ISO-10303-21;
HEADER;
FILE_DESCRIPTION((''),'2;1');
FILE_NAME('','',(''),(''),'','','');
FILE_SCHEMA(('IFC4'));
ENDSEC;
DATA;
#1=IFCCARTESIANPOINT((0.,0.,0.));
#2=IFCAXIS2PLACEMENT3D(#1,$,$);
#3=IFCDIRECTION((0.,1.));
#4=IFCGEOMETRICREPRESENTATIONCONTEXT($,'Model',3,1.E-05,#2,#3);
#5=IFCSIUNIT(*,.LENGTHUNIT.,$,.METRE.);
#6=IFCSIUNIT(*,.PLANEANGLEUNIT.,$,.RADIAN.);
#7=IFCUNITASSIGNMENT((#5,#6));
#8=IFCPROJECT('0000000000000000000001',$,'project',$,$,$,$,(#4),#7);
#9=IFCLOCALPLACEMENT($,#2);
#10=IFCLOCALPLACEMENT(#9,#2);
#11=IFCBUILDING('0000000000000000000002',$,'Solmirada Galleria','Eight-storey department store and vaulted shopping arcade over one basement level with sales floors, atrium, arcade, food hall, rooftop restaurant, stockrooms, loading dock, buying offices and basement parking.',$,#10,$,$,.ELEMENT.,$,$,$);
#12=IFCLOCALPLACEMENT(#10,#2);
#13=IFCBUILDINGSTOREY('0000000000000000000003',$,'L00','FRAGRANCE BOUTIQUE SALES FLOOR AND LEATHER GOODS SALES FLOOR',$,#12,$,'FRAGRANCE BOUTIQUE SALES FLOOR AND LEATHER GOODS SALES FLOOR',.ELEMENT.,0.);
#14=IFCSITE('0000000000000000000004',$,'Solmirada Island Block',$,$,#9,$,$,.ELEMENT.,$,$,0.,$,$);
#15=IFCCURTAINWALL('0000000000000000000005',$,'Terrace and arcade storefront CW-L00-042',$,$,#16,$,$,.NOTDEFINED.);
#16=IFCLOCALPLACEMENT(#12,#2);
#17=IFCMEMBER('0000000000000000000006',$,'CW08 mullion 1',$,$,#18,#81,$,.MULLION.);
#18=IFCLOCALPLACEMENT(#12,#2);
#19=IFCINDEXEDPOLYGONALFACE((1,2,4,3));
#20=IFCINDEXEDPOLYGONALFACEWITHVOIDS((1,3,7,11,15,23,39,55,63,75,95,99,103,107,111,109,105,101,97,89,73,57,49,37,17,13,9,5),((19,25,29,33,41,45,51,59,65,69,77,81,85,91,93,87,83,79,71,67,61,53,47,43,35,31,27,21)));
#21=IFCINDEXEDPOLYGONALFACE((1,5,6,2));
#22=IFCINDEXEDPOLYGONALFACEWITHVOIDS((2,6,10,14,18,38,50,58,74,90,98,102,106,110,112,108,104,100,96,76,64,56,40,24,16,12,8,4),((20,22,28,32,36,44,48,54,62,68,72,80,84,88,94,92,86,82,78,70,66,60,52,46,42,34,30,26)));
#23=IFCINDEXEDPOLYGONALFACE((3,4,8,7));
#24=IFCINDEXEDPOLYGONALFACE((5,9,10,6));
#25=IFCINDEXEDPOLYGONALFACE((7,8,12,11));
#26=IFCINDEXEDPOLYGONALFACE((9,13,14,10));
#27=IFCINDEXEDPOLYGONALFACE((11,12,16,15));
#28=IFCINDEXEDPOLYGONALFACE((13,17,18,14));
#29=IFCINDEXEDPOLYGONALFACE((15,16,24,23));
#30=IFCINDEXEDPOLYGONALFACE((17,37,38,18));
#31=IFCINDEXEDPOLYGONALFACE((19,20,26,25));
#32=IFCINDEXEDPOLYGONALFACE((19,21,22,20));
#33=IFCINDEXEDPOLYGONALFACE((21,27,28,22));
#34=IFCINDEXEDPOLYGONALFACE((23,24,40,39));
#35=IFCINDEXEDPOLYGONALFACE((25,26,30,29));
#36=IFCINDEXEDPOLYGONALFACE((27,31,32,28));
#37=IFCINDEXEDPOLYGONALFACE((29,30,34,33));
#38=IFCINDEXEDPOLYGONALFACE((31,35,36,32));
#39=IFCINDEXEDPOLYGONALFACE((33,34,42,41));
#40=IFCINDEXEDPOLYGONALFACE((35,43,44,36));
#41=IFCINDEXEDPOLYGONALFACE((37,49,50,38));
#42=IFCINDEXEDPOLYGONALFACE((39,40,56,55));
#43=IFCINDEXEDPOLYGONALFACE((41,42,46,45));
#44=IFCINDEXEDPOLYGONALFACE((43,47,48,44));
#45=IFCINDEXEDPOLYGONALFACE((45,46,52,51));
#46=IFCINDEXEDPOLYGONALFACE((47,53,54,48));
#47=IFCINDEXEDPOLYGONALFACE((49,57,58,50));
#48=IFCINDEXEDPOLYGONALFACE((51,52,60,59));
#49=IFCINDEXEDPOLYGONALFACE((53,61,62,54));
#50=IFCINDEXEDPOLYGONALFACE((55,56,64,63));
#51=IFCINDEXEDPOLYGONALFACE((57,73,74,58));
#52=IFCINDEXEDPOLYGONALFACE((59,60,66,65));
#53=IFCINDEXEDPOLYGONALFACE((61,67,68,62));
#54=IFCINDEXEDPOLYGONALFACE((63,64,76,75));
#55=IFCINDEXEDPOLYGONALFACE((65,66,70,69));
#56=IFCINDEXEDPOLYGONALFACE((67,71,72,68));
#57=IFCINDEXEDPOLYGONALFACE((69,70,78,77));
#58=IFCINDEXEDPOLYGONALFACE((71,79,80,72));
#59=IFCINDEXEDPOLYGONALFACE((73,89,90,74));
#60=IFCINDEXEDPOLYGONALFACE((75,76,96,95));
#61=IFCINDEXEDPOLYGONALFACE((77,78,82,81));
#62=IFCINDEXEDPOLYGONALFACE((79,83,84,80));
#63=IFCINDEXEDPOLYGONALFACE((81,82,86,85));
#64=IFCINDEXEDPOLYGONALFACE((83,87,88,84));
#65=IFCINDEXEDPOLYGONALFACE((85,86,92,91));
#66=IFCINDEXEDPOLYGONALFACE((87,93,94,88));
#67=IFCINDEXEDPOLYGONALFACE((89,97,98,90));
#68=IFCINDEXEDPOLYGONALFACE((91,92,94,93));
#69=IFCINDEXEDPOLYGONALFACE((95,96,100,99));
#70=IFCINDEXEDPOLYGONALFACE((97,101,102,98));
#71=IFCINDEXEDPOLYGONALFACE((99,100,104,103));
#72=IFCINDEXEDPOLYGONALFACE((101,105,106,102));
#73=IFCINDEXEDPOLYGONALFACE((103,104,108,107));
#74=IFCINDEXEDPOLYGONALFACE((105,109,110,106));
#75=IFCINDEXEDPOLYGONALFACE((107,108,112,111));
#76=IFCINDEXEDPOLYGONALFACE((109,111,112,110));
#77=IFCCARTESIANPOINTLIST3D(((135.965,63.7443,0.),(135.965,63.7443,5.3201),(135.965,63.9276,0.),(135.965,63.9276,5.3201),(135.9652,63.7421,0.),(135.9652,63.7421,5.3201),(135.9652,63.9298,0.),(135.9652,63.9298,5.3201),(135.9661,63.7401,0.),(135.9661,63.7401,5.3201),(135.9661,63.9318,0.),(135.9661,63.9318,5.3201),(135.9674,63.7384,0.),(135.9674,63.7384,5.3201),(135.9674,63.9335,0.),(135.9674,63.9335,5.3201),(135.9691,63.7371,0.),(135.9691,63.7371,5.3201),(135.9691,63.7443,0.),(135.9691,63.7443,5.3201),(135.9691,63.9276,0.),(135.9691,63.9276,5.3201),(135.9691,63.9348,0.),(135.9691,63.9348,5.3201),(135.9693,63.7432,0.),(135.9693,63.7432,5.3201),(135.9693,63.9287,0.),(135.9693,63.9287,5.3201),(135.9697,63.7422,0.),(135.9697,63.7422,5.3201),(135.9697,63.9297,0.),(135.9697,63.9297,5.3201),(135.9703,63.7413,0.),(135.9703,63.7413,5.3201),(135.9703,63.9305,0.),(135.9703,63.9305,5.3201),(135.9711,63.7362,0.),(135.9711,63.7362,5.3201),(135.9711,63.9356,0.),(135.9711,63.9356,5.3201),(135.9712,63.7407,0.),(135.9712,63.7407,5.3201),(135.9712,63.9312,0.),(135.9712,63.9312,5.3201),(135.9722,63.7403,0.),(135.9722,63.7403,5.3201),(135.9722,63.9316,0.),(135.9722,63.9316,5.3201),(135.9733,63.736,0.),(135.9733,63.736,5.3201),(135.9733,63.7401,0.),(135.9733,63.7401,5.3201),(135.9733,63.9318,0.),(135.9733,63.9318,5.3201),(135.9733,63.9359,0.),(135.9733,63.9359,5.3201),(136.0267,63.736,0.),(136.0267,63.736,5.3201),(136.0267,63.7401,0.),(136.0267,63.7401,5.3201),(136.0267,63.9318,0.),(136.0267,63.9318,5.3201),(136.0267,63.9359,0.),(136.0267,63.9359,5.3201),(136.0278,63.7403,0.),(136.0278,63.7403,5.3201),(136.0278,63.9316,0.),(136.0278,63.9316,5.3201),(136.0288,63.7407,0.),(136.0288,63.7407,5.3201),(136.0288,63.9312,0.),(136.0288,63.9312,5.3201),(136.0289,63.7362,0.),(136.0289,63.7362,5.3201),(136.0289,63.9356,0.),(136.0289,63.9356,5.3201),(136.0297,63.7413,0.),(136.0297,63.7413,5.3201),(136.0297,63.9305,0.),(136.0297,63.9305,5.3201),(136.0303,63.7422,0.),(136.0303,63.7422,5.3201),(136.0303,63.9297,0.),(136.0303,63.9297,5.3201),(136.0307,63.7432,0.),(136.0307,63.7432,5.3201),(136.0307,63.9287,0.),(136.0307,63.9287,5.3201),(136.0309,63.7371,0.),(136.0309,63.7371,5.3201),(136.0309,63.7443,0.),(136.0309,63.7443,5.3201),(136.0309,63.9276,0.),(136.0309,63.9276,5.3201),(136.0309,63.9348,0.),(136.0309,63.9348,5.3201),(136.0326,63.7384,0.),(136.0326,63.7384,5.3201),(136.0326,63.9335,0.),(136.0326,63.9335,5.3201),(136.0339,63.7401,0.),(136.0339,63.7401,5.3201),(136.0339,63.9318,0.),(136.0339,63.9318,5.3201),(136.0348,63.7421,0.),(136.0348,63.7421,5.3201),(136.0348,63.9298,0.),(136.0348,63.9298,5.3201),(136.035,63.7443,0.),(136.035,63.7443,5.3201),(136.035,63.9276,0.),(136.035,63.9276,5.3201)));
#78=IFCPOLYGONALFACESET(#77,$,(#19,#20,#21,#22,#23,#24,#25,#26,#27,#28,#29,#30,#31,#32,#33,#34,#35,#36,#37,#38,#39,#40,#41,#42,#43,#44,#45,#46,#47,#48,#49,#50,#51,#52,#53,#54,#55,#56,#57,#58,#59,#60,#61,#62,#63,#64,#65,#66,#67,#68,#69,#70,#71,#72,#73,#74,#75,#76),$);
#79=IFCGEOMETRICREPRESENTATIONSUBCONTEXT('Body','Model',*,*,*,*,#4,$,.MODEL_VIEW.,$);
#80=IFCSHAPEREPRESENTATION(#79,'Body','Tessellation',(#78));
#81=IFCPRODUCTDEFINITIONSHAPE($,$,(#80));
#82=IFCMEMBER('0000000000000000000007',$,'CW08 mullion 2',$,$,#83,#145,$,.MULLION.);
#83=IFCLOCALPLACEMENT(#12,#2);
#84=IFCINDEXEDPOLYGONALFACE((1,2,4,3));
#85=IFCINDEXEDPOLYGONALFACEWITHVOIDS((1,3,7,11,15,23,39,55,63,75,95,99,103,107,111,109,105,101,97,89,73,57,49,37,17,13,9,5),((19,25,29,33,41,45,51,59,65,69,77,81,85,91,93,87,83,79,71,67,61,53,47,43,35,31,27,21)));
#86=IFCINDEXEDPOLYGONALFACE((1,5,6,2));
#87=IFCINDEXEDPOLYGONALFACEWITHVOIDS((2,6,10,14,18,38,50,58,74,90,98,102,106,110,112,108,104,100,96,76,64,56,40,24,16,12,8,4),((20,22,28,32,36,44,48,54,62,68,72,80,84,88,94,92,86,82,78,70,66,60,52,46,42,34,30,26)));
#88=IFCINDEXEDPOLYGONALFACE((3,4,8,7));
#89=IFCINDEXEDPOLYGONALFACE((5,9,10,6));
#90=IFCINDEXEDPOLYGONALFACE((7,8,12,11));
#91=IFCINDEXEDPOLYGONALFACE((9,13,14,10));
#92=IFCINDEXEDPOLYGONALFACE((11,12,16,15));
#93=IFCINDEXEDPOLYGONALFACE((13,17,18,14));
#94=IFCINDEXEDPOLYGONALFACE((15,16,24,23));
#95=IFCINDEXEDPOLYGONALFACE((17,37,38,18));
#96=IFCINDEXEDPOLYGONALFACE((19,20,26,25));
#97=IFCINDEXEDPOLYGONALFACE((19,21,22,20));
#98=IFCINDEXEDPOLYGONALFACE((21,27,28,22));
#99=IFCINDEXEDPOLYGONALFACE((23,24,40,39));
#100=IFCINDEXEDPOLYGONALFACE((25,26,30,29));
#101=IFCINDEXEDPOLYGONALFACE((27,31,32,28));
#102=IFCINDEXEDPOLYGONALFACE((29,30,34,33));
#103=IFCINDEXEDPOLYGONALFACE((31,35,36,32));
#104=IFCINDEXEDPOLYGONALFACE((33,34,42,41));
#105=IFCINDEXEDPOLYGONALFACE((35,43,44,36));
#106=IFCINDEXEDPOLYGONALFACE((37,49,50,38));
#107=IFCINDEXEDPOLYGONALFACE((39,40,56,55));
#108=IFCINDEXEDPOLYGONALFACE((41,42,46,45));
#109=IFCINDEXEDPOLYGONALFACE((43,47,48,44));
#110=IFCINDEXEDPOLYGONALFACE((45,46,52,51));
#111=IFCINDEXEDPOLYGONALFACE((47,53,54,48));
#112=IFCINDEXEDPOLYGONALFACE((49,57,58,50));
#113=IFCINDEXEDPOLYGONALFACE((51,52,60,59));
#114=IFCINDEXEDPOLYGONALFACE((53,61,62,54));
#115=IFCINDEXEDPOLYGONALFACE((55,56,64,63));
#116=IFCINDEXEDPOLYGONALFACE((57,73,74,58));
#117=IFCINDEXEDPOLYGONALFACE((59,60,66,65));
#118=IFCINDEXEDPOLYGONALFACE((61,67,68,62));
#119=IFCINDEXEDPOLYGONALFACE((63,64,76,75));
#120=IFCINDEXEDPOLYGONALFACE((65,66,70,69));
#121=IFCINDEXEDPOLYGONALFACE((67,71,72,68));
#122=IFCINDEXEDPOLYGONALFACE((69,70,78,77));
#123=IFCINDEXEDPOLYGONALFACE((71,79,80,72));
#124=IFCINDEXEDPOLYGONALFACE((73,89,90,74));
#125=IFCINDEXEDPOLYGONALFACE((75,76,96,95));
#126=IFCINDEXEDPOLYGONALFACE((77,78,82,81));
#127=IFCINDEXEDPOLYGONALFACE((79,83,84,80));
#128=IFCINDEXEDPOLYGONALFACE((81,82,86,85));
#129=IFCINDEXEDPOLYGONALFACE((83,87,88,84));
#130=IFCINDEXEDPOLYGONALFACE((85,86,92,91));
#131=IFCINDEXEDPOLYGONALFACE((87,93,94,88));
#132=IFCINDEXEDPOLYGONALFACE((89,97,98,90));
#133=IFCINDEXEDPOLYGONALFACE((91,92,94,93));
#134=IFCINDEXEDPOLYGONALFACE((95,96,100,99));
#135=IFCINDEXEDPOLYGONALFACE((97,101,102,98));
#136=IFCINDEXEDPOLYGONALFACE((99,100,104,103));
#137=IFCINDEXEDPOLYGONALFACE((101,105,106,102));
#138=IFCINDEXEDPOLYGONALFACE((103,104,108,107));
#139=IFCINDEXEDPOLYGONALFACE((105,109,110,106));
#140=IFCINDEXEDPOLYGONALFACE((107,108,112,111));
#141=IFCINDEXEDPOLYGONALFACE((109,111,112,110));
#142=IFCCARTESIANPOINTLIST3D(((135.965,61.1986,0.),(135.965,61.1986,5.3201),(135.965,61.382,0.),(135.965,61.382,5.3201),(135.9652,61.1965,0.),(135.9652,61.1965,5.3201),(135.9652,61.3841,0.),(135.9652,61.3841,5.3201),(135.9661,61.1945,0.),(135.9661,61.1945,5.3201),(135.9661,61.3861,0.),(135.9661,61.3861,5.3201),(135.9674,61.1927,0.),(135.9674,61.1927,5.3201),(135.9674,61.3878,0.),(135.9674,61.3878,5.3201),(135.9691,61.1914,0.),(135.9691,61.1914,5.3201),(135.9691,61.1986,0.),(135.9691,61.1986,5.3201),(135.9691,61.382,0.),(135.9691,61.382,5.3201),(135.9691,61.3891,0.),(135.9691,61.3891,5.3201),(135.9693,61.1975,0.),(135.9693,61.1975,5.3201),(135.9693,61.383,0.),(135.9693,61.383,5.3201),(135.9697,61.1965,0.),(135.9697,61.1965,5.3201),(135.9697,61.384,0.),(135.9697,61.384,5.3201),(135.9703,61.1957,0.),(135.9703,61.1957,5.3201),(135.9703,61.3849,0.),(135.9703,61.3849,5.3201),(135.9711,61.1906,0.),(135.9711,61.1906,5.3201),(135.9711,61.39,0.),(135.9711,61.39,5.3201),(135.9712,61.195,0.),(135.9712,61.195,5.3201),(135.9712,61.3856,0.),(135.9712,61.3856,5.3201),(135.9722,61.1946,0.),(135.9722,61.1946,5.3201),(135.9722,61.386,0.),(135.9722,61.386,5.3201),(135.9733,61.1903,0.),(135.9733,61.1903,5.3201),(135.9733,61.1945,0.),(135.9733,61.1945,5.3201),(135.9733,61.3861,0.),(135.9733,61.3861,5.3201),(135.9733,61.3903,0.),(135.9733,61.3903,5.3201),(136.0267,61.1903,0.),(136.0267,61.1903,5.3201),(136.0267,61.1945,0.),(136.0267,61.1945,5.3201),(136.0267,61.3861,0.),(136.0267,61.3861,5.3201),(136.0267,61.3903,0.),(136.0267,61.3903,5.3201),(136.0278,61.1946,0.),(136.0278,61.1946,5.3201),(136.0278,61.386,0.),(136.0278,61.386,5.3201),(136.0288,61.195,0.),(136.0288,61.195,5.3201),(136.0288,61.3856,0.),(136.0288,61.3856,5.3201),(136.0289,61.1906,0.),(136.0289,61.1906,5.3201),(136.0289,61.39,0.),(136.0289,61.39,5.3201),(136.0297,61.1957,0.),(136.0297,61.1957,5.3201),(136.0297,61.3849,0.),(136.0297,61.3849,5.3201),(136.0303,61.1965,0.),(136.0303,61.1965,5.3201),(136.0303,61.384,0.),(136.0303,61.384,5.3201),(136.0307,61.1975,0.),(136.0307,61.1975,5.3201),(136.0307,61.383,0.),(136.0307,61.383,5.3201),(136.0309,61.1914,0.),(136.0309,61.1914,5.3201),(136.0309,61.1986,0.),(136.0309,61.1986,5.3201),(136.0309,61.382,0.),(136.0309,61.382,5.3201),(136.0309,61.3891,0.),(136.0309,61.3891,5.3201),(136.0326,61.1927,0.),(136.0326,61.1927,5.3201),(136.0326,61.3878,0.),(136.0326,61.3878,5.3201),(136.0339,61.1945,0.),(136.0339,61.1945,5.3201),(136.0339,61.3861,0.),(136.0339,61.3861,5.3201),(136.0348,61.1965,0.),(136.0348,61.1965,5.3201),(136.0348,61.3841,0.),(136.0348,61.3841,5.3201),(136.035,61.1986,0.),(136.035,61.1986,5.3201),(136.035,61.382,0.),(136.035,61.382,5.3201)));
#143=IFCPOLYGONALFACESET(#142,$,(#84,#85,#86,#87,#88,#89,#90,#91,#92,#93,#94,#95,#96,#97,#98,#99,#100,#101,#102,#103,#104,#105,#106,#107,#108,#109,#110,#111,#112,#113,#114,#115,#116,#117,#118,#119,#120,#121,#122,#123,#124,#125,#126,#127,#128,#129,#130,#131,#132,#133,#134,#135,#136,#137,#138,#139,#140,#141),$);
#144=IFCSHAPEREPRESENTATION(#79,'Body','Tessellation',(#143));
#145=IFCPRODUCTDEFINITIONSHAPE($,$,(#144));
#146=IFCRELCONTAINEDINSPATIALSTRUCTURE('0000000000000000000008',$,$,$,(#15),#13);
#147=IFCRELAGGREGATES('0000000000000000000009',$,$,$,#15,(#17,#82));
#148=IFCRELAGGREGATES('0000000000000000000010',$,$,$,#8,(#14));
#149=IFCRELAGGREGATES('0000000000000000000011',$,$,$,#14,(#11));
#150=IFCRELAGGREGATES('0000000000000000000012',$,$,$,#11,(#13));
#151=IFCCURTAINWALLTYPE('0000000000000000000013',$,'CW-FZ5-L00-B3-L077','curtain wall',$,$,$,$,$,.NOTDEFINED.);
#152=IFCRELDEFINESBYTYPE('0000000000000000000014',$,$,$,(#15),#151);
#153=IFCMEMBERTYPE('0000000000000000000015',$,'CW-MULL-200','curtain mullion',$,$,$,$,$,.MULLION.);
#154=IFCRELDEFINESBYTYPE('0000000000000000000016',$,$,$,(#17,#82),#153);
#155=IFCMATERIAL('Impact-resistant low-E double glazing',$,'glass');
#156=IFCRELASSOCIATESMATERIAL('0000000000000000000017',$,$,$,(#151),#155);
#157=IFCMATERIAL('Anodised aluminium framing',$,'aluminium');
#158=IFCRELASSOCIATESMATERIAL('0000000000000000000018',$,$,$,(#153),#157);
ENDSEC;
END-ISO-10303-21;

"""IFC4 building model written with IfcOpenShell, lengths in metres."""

from ifc_helpers import new_model, si_unit, direction, frame, origin, origin_2d, place, context, subcontext, project, spatial, hollow_rectangle, extrude, material, material_profile, profile_set, type_object, element, aggregate, save


model = new_model("IFC4")

# Units and contexts
model_context = context("Model", 3, precision=1e-05, world=origin(), true_north=direction((0.0, 1.0)))
body_context = subcontext(model_context, "Body", "Model", "MODEL_VIEW")
ifc_project = project(units=[si_unit("LENGTHUNIT", "METRE"), si_unit("PLANEANGLEUNIT", "RADIAN")], contexts=[model_context])

# Site, building, storey
site_placement = place(None, origin())
site = spatial("IfcSite", under=ifc_project, at=site_placement, Name="Solmirada Island Block", CompositionType="ELEMENT", RefElevation=0.0)
building_placement = place(site_placement, origin())
building = spatial("IfcBuilding", under=site, at=building_placement, Name="Solmirada Galleria", Description="Eight-storey department store and vaulted shopping arcade over one basement level with sales floors, atrium, arcade, food hall, rooftop restaurant, stockrooms, loading dock, buying offices and basement parking.", CompositionType="ELEMENT")
storey_placement = place(building_placement, origin())
storey = spatial("IfcBuildingStorey", under=building, at=storey_placement, Name="L00", Description="FRAGRANCE BOUTIQUE SALES FLOOR AND LEATHER GOODS SALES FLOOR", LongName="FRAGRANCE BOUTIQUE SALES FLOOR AND LEATHER GOODS SALES FLOOR", CompositionType="ELEMENT", Elevation=0.0)

# Curtain wall, members
ifc_material_1 = material(Name="Impact-resistant low-E double glazing", Category="glass")
curtain_wall_type = type_object("IfcCurtainWallType", Name="CW-FZ5-L00-B3-L077", Description="curtain wall", PredefinedType="NOTDEFINED", material=ifc_material_1)
curtain_wall_1_placement = place(storey_placement, origin())
curtain_wall_1 = element("IfcCurtainWall", 1, at=curtain_wall_1_placement, inside=storey, type_object=curtain_wall_type, Name="Terrace and arcade storefront CW-L00-042", PredefinedType="NOTDEFINED")
ifc_material_2 = material(Name="Anodised aluminium framing", Category="aluminium")
ifc_material_profile_1 = material_profile(ifc_material_2, hollow_rectangle(XDim=0.0701, YDim=0.2, WallThickness=0.0042, InnerFilletRadius=0.0042, OuterFilletRadius=0.0083, at=origin_2d()), Name="ALU-MULL-200X70")
ifc_profile_set_1 = profile_set([ifc_material_profile_1], Name="Anodised aluminium framing")
member_type_1 = type_object("IfcMemberType", Name="CW-MULL-200", Description="curtain mullion", PredefinedType="MULLION", material=ifc_profile_set_1)
member_1_placement = place(storey_placement, frame((136.0, 63.8359, 0.0), z_axis=(0.0, 0.0, 1.0), x_axis=(1.0, 0.0, 0.0)))
member_1 = element("IfcMember", 2, at=member_1_placement, type_object=member_type_1, Name="CW08 mullion 1", PredefinedType="MULLION", context=body_context, shape_type="SweptSolid", body=[
    extrude(hollow_rectangle(XDim=0.0701, YDim=0.2, WallThickness=0.0042, InnerFilletRadius=0.0042, OuterFilletRadius=0.0083, at=origin_2d()), origin(), (0.0, 0.0, 1.0), 5.3201),
])
member_2_placement = place(storey_placement, frame((136.0, 61.2903, 0.0), z_axis=(0.0, 0.0, 1.0), x_axis=(1.0, 0.0, 0.0)))
member_2 = element("IfcMember", 3, at=member_2_placement, type_object=member_type_1, Name="CW08 mullion 2", PredefinedType="MULLION", context=body_context, shape_type="SweptSolid", body=[
    extrude(hollow_rectangle(XDim=0.0701, YDim=0.2, WallThickness=0.0042, InnerFilletRadius=0.0042, OuterFilletRadius=0.0083, at=origin_2d()), origin(), (0.0, 0.0, 1.0), 5.3201),
])

aggregate(curtain_wall_1, [member_1, member_2])

save(model, "model.ifc")
